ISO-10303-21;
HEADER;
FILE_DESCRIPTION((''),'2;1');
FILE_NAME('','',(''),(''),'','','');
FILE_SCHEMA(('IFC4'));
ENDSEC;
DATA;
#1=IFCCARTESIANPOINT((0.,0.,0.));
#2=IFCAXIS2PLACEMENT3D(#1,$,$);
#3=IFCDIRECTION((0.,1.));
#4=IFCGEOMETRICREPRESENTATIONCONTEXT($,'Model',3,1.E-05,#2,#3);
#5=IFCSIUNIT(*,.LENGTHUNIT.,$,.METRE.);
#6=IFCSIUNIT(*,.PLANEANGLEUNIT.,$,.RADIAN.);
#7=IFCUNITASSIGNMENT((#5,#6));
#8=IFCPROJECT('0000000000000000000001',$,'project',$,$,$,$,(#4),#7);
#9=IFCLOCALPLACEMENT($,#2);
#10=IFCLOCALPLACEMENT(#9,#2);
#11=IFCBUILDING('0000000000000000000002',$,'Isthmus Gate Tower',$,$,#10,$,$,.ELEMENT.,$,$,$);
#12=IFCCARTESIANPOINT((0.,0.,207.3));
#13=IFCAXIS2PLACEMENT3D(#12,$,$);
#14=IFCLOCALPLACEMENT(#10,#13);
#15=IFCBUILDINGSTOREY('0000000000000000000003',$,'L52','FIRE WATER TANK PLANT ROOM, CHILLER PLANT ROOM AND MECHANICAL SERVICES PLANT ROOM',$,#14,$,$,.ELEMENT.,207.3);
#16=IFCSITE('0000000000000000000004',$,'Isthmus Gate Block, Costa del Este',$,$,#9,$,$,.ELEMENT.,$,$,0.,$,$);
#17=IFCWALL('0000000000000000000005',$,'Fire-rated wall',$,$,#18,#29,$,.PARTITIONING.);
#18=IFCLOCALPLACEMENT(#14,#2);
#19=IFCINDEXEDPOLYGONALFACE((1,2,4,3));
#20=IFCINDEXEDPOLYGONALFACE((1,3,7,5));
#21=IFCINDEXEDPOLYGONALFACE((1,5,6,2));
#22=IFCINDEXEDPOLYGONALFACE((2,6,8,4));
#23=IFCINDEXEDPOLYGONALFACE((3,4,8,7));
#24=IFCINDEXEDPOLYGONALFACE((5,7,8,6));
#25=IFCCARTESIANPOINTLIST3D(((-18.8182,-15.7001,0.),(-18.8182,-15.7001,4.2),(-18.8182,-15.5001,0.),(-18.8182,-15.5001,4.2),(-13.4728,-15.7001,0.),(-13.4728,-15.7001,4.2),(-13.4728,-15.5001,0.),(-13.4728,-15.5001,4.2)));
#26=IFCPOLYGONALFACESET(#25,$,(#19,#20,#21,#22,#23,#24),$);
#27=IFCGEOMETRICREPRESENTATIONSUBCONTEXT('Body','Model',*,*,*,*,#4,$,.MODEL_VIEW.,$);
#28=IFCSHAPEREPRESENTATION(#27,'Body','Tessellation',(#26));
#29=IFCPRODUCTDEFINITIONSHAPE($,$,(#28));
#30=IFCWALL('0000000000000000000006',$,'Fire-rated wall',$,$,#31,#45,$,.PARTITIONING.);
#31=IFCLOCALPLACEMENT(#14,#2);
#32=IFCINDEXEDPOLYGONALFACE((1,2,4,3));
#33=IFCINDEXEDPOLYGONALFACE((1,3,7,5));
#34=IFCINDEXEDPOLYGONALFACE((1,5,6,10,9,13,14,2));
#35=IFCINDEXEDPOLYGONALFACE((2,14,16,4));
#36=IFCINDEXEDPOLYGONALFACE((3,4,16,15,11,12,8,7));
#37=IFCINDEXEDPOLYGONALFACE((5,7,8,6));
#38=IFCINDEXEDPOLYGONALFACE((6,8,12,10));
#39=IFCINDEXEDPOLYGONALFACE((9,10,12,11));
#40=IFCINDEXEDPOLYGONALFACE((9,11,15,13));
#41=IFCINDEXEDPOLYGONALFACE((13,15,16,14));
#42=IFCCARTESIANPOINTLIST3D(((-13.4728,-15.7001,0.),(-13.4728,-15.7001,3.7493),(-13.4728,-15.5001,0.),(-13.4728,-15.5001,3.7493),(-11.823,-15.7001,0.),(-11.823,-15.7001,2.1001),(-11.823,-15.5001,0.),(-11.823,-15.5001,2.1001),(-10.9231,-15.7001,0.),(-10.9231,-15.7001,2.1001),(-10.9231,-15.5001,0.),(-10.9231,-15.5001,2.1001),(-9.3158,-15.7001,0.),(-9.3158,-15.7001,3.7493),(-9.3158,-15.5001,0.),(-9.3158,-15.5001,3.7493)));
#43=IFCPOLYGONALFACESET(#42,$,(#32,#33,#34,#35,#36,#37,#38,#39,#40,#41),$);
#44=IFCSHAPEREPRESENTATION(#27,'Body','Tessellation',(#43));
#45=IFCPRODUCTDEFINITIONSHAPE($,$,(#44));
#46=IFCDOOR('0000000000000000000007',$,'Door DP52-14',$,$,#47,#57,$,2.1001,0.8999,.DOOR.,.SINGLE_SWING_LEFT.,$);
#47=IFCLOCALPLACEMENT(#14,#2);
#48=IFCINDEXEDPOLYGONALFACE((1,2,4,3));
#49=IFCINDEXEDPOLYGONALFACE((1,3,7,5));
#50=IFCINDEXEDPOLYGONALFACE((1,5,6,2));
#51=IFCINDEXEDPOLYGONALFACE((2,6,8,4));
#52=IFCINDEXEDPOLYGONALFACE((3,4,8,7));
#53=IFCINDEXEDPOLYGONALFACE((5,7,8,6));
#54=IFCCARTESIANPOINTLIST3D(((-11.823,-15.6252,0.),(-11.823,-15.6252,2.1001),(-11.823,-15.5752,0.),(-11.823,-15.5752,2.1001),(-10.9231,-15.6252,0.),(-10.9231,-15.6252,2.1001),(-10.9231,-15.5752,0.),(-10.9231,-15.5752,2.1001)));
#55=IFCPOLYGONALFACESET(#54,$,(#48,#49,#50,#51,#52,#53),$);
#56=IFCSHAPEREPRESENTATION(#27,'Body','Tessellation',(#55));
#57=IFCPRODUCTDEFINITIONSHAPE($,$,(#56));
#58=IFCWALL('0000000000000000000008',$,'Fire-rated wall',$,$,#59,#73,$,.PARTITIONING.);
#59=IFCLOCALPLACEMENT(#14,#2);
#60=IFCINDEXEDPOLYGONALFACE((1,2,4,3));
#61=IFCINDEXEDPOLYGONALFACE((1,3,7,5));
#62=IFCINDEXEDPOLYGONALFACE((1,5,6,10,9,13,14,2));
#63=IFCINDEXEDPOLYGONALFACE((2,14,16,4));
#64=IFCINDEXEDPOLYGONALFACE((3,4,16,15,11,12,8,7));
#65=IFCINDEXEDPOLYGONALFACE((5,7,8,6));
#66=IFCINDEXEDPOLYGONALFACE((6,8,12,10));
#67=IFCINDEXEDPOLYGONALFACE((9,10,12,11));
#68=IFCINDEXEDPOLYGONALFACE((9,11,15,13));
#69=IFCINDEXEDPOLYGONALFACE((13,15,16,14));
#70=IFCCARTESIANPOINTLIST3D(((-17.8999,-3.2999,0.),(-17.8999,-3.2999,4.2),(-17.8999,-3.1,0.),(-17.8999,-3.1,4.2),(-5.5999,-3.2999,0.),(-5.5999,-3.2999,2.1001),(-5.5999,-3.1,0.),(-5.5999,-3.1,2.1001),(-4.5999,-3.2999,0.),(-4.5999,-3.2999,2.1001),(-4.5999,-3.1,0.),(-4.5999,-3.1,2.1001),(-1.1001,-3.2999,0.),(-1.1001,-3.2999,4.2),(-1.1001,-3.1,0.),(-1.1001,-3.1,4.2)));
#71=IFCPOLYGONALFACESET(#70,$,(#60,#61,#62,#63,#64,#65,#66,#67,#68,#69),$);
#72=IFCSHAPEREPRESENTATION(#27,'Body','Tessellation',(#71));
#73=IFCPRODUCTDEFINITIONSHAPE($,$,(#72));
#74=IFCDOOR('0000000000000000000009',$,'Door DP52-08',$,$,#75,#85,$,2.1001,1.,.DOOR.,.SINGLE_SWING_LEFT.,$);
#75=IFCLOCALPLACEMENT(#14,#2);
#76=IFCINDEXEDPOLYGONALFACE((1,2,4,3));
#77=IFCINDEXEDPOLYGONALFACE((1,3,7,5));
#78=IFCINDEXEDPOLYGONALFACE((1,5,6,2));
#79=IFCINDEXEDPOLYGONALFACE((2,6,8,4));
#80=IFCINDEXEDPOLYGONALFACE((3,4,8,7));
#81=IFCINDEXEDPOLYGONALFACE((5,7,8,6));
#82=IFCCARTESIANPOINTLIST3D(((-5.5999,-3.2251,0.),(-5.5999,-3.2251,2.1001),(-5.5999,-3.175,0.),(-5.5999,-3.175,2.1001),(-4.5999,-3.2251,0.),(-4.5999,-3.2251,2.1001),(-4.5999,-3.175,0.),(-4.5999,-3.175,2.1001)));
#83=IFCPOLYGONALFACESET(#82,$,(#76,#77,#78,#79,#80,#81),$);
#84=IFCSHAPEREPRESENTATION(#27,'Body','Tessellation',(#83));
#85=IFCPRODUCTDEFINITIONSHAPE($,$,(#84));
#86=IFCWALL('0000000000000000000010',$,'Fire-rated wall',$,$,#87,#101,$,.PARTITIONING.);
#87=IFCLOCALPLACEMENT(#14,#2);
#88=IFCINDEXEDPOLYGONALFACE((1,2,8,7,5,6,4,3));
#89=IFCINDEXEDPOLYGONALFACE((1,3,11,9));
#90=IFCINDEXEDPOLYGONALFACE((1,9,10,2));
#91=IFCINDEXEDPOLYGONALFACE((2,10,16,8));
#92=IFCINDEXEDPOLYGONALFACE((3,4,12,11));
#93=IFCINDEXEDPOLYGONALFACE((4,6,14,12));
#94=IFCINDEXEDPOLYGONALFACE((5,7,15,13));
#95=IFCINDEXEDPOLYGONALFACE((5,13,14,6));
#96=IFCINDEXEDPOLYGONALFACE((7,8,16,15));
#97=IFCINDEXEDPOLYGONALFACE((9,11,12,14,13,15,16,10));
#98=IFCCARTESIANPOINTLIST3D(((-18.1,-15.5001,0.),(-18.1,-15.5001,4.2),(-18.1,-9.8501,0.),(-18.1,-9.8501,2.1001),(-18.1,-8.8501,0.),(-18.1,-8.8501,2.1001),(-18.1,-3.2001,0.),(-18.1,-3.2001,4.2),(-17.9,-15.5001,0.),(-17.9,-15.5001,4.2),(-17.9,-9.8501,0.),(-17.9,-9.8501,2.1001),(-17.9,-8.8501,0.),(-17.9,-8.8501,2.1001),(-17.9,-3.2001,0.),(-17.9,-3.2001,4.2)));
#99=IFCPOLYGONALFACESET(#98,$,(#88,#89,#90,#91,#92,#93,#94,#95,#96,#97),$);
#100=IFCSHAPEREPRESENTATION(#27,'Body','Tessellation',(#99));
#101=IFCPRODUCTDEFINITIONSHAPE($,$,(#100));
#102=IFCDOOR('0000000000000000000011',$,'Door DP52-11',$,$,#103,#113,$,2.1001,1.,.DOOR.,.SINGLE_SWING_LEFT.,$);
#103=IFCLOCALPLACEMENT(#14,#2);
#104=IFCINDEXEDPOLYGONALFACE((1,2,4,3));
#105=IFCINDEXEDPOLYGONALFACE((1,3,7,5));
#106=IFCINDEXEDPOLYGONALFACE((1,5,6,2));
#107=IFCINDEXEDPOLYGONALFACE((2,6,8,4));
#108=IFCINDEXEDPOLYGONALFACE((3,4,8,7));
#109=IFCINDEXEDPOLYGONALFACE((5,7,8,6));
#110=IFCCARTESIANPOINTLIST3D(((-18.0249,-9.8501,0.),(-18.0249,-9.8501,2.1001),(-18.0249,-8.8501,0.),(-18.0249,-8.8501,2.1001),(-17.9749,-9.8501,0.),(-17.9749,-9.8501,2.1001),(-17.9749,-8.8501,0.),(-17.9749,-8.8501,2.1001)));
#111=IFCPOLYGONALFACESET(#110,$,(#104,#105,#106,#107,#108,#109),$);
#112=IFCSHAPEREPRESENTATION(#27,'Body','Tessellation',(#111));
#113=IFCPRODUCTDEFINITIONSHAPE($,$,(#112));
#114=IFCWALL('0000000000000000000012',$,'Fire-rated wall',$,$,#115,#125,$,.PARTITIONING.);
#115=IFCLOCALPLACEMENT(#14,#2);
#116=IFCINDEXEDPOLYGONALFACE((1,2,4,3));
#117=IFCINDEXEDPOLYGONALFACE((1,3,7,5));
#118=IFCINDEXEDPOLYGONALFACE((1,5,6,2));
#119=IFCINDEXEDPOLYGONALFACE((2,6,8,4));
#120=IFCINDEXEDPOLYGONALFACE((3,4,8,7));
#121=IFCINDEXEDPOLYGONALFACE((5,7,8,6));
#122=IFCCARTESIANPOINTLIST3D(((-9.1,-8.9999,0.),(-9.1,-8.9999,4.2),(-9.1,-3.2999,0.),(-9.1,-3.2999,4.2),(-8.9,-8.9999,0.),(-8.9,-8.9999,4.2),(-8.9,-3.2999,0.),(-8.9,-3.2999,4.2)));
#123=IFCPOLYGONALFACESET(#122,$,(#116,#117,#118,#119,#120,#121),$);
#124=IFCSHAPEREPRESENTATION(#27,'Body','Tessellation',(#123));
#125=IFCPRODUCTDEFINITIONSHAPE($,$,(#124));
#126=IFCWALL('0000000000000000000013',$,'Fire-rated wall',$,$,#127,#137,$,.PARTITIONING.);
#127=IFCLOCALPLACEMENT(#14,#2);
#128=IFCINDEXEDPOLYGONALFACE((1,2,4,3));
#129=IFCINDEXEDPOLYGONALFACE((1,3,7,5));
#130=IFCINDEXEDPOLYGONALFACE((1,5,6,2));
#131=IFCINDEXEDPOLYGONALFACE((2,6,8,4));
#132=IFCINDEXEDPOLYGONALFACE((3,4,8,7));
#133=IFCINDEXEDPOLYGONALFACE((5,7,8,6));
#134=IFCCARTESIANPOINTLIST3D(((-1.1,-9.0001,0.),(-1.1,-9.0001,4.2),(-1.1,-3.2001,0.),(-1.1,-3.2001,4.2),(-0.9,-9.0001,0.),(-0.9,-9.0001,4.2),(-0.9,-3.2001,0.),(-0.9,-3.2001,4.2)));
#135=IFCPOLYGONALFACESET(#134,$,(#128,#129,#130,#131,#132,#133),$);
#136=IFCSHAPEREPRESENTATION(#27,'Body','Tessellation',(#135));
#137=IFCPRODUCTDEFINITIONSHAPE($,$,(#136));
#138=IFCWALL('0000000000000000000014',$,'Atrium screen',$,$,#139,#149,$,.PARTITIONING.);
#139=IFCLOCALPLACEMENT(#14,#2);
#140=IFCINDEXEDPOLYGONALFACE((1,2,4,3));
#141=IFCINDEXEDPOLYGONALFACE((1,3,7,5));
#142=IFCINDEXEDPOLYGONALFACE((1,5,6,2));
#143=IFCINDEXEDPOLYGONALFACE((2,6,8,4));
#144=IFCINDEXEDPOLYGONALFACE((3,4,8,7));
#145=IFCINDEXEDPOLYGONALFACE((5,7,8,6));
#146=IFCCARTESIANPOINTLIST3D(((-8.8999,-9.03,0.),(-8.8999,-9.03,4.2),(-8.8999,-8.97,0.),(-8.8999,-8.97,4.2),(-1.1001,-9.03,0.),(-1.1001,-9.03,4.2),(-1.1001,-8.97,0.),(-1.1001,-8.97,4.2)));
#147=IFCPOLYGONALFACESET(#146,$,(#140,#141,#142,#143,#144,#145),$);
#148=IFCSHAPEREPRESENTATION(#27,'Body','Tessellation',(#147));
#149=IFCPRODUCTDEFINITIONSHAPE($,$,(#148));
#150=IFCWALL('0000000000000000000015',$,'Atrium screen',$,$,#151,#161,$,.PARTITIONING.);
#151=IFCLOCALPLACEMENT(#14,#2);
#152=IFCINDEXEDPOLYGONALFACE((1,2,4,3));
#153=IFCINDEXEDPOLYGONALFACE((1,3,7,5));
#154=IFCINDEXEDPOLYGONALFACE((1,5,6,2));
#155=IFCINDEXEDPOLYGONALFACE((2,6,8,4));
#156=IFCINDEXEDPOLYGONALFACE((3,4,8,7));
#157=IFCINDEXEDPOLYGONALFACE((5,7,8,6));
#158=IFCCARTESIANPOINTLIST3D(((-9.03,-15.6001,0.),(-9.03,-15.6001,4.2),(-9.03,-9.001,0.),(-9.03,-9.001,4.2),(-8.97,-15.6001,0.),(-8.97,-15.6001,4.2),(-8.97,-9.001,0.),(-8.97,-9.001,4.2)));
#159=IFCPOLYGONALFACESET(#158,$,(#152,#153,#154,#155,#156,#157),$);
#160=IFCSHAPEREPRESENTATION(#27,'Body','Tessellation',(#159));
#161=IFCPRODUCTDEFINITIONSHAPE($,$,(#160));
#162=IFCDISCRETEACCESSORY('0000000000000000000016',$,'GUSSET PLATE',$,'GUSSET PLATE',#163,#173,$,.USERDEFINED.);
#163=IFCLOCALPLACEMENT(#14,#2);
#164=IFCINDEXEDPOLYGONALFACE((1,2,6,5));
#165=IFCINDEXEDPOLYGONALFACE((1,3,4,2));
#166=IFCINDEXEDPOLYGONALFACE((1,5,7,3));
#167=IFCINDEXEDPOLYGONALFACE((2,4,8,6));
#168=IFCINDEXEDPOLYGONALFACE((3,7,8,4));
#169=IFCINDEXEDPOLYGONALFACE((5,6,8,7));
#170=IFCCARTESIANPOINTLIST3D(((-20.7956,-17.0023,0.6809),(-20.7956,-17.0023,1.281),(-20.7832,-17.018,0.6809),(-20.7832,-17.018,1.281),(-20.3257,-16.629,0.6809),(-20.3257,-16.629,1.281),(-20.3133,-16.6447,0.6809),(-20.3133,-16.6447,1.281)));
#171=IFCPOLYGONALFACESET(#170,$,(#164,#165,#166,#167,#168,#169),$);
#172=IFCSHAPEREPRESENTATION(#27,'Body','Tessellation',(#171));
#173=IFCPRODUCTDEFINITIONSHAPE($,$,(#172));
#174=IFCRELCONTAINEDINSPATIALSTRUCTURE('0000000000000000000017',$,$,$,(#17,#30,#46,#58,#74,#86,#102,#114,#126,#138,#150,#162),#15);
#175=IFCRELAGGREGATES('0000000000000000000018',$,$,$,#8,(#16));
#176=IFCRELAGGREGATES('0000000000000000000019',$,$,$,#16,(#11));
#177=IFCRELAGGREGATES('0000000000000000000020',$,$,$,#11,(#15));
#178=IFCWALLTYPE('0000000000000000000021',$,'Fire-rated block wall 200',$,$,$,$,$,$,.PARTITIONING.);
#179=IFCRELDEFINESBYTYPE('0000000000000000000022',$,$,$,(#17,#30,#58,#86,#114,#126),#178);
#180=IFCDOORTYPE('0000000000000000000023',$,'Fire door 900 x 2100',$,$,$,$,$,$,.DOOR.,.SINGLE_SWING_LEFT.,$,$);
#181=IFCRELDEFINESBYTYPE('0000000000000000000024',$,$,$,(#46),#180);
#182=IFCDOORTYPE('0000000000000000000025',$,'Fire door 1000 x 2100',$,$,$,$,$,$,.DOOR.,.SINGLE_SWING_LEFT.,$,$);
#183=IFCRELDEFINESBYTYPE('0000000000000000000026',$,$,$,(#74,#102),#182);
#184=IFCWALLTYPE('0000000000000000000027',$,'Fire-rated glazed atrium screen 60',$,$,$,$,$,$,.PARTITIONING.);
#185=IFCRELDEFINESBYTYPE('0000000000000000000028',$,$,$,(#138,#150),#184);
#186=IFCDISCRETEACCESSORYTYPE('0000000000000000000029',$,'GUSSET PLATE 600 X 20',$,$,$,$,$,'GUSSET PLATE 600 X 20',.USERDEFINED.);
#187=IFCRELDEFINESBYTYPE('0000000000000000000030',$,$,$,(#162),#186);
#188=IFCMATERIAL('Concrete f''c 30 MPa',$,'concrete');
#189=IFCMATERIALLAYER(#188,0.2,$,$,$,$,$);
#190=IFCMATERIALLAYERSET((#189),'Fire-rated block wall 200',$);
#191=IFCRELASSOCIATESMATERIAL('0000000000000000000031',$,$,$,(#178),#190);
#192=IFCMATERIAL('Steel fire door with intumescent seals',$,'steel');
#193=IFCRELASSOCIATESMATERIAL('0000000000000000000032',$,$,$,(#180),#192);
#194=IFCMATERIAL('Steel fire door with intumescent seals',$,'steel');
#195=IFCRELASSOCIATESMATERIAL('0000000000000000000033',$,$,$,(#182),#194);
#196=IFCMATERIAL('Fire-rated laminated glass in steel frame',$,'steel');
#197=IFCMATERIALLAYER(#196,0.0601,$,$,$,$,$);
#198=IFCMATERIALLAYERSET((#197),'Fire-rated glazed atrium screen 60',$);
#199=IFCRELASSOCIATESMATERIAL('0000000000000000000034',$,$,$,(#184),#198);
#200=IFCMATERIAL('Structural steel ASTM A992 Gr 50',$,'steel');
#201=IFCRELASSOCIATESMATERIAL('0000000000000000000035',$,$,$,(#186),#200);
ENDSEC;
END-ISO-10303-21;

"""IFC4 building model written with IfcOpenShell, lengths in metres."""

from ifc_helpers import new_model, si_unit, direction, frame, frame_2d, origin, origin_2d, place, context, subcontext, project, spatial, rectangle, extrude, material, layer, layer_set, type_object, element, fill, save


model = new_model("IFC4")

# Units and contexts
model_context = context("Model", 3, precision=1e-05, world=origin(), true_north=direction((0.0, 1.0)))
body_context = subcontext(model_context, "Body", "Model", "MODEL_VIEW")
ifc_project = project(units=[si_unit("LENGTHUNIT", "METRE"), si_unit("PLANEANGLEUNIT", "RADIAN")], contexts=[model_context])

# Site, building, storey
site_placement = place(None, origin())
site = spatial("IfcSite", under=ifc_project, at=site_placement, Name="Isthmus Gate Block, Costa del Este", CompositionType="ELEMENT", RefElevation=0.0)
building_placement = place(site_placement, origin())
building = spatial("IfcBuilding", under=site, at=building_placement, Name="Isthmus Gate Tower", CompositionType="ELEMENT")
storey_placement = place(building_placement, frame((0.0, 0.0, 207.3)))
storey = spatial("IfcBuildingStorey", under=building, at=storey_placement, Name="L52", Description="FIRE WATER TANK PLANT ROOM, CHILLER PLANT ROOM AND MECHANICAL SERVICES PLANT ROOM", CompositionType="ELEMENT", Elevation=207.3)

# Wall
ifc_material_1 = material(Name="Concrete f'c 30 MPa", Category="concrete")
ifc_layer_1 = layer(ifc_material_1, 0.2)
ifc_layer_set_1 = layer_set([ifc_layer_1], Name="Fire-rated block wall 200")
wall_type_1 = type_object("IfcWallType", Name="Fire-rated block wall 200", PredefinedType="PARTITIONING", material=ifc_layer_set_1)
wall_1_placement = place(storey_placement, frame((-18.8184, -15.6001, 0.0), z_axis=(0.0, 0.0, 1.0), x_axis=(1.0, 0.0, 0.0)))
element("IfcWall", 1, at=wall_1_placement, inside=storey, type_object=wall_type_1, Name="Fire-rated wall", PredefinedType="PARTITIONING", context=body_context, shape_type="SweptSolid", body=[
    extrude(rectangle(XDim=5.3455, YDim=0.2, at=frame_2d((2.6729, 0.0))), origin(), (0.0, 0.0, 1.0), 4.2),
])

# Walls, openings, doors
wall_2_placement = place(storey_placement, frame((-13.4729, -15.6001, 0.0), z_axis=(0.0, 0.0, 1.0), x_axis=(1.0, 0.0, 0.0)))
wall_2 = element("IfcWall", 2, at=wall_2_placement, inside=storey, type_object=wall_type_1, Name="Fire-rated wall", PredefinedType="PARTITIONING", context=body_context, shape_type="SweptSolid", body=[
    extrude(rectangle(XDim=4.157, YDim=0.2, at=frame_2d((2.0786, 0.0))), origin(), (0.0, 0.0, 1.0), 3.7493),
])
opening_1_placement = place(wall_2_placement, frame((1.6499, 0.0, 0.0)))
opening_1 = element("IfcOpeningElement", 3, at=opening_1_placement, cuts=wall_2, PredefinedType="OPENING", context=body_context, shape_type="SweptSolid", body=[
    extrude(rectangle(XDim=0.8999, YDim=2.1001, at=frame_2d((0.45, 1.05))), frame((0.0, 0.1099, 0.0), z_axis=(0.0, -1.0, 0.0), x_axis=(1.0, 0.0, 0.0)), (0.0, 0.0, 1.0), 0.22),
])
ifc_material_2 = material(Name="Steel fire door with intumescent seals", Category="steel")
door_type_1 = type_object("IfcDoorType", Name="Fire door 900 x 2100", OperationType="SINGLE_SWING_LEFT", PredefinedType="DOOR", material=ifc_material_2)
door_1_placement = place(opening_1_placement, origin())
door_1 = element("IfcDoor", 4, at=door_1_placement, inside=storey, type_object=door_type_1, Name="Door DP52-14", OperationType="SINGLE_SWING_LEFT", OverallHeight=2.1001, OverallWidth=0.8999, PredefinedType="DOOR", context=body_context, shape_type="SweptSolid", body=[
    extrude(rectangle(XDim=0.8999, YDim=2.1001, at=frame_2d((0.45, 1.05))), frame((0.0, 0.0249, 0.0), z_axis=(0.0, -1.0, 0.0), x_axis=(1.0, 0.0, 0.0)), (0.0, 0.0, 1.0), 0.05),
])
fill(opening_1, door_1)
wall_3_placement = place(storey_placement, frame((-17.8999, -3.2, 0.0), z_axis=(0.0, 0.0, 1.0), x_axis=(1.0, 0.0, 0.0)))
wall_3 = element("IfcWall", 5, at=wall_3_placement, inside=storey, type_object=wall_type_1, Name="Fire-rated wall", PredefinedType="PARTITIONING", context=body_context, shape_type="SweptSolid", body=[
    extrude(rectangle(XDim=16.7998, YDim=0.2, at=frame_2d((8.3999, 0.0))), origin(), (0.0, 0.0, 1.0), 4.2),
])
opening_2_placement = place(wall_3_placement, frame((12.3, 0.0, 0.0)))
opening_2 = element("IfcOpeningElement", 6, at=opening_2_placement, cuts=wall_3, PredefinedType="OPENING", context=body_context, shape_type="SweptSolid", body=[
    extrude(rectangle(XDim=1.0, YDim=2.1001, at=frame_2d((0.5, 1.05))), frame((0.0, 0.1099, 0.0), z_axis=(0.0, -1.0, 0.0), x_axis=(1.0, 0.0, 0.0)), (0.0, 0.0, 1.0), 0.22),
])
ifc_material_3 = material(Name="Steel fire door with intumescent seals", Category="steel")
door_type_2 = type_object("IfcDoorType", Name="Fire door 1000 x 2100", OperationType="SINGLE_SWING_LEFT", PredefinedType="DOOR", material=ifc_material_3)
door_2_placement = place(opening_2_placement, origin())
door_2 = element("IfcDoor", 7, at=door_2_placement, inside=storey, type_object=door_type_2, Name="Door DP52-08", OperationType="SINGLE_SWING_LEFT", OverallHeight=2.1001, OverallWidth=1.0, PredefinedType="DOOR", context=body_context, shape_type="SweptSolid", body=[
    extrude(rectangle(XDim=1.0, YDim=2.1001, at=frame_2d((0.5, 1.05))), frame((0.0, 0.0249, 0.0), z_axis=(0.0, -1.0, 0.0), x_axis=(1.0, 0.0, 0.0)), (0.0, 0.0, 1.0), 0.05),
])
fill(opening_2, door_2)
wall_4_placement = place(storey_placement, frame((-18.0, -15.5, 0.0), z_axis=(0.0, 0.0, 1.0), x_axis=(0.0, 1.0, 0.0)))
wall_4 = element("IfcWall", 8, at=wall_4_placement, inside=storey, type_object=wall_type_1, Name="Fire-rated wall", PredefinedType="PARTITIONING", context=body_context, shape_type="SweptSolid", body=[
    extrude(rectangle(XDim=12.3, YDim=0.2, at=frame_2d((6.1499, 0.0))), origin(), (0.0, 0.0, 1.0), 4.2),
])
opening_3_placement = place(wall_4_placement, frame((5.6499, 0.0, 0.0)))
opening_3 = element("IfcOpeningElement", 9, at=opening_3_placement, cuts=wall_4, PredefinedType="OPENING", context=body_context, shape_type="SweptSolid", body=[
    extrude(rectangle(XDim=1.0, YDim=2.1001, at=frame_2d((0.5, 1.05))), frame((0.0, 0.1099, 0.0), z_axis=(0.0, -1.0, 0.0), x_axis=(1.0, 0.0, 0.0)), (0.0, 0.0, 1.0), 0.22),
])
door_3_placement = place(opening_3_placement, origin())
door_3 = element("IfcDoor", 10, at=door_3_placement, inside=storey, type_object=door_type_2, Name="Door DP52-11", OperationType="SINGLE_SWING_LEFT", OverallHeight=2.1001, OverallWidth=1.0, PredefinedType="DOOR", context=body_context, shape_type="SweptSolid", body=[
    extrude(rectangle(XDim=1.0, YDim=2.1001, at=frame_2d((0.5, 1.05))), frame((0.0, 0.0249, 0.0), z_axis=(0.0, -1.0, 0.0), x_axis=(1.0, 0.0, 0.0)), (0.0, 0.0, 1.0), 0.05),
])
fill(opening_3, door_3)

# Walls
wall_5_placement = place(storey_placement, frame((-9.0, -9.0, 0.0), z_axis=(0.0, 0.0, 1.0), x_axis=(0.0, 1.0, 0.0)))
element("IfcWall", 11, at=wall_5_placement, inside=storey, type_object=wall_type_1, Name="Fire-rated wall", PredefinedType="PARTITIONING", context=body_context, shape_type="SweptSolid", body=[
    extrude(rectangle(XDim=5.7, YDim=0.2, at=frame_2d((2.8501, 0.0))), origin(), (0.0, 0.0, 1.0), 4.2),
])
wall_6_placement = place(storey_placement, frame((-1.0, -9.0, 0.0), z_axis=(0.0, 0.0, 1.0), x_axis=(0.0, 1.0, 0.0)))
element("IfcWall", 12, at=wall_6_placement, inside=storey, type_object=wall_type_1, Name="Fire-rated wall", PredefinedType="PARTITIONING", context=body_context, shape_type="SweptSolid", body=[
    extrude(rectangle(XDim=5.8, YDim=0.2, at=frame_2d((2.8999, 0.0))), origin(), (0.0, 0.0, 1.0), 4.2),
])
ifc_material_4 = material(Name="Fire-rated laminated glass in steel frame", Category="steel")
ifc_layer_2 = layer(ifc_material_4, 0.0601)
ifc_layer_set_2 = layer_set([ifc_layer_2], Name="Fire-rated glazed atrium screen 60")
wall_type_2 = type_object("IfcWallType", Name="Fire-rated glazed atrium screen 60", PredefinedType="PARTITIONING", material=ifc_layer_set_2)
wall_7_placement = place(storey_placement, frame((-8.8999, -9.0, 0.0), z_axis=(0.0, 0.0, 1.0), x_axis=(1.0, 0.0, 0.0)))
element("IfcWall", 13, at=wall_7_placement, inside=storey, type_object=wall_type_2, Name="Atrium screen", PredefinedType="PARTITIONING", context=body_context, shape_type="SweptSolid", body=[
    extrude(rectangle(XDim=7.7998, YDim=0.0601, at=frame_2d((3.8999, 0.0))), origin(), (0.0, 0.0, 1.0), 4.2),
])
wall_8_placement = place(storey_placement, frame((-9.0, -15.6001, 0.0), z_axis=(0.0, 0.0, 1.0), x_axis=(0.0, 1.0, 0.0)))
element("IfcWall", 14, at=wall_8_placement, inside=storey, type_object=wall_type_2, Name="Atrium screen", PredefinedType="PARTITIONING", context=body_context, shape_type="SweptSolid", body=[
    extrude(rectangle(XDim=6.5991, YDim=0.0601, at=frame_2d((3.2996, 0.0))), origin(), (0.0, 0.0, 1.0), 4.2),
])

# Discrete accessory
ifc_material_5 = material(Name="Structural steel ASTM A992 Gr 50", Category="steel")
discrete_accessory_type = type_object("IfcDiscreteAccessoryType", Name="GUSSET PLATE 600 X 20", ElementType="GUSSET PLATE 600 X 20", PredefinedType="USERDEFINED", material=ifc_material_5)
for number, where, z_axis, x_axis, name in (
    (15, (-20.5544, -16.8235, 0.6809), (0.0, 0.0, 1.0), (0.782985, 0.622041, 0.0), "GUSSET PLATE"),
):
    element("IfcDiscreteAccessory", number, at=place(storey_placement, frame(where, z_axis=z_axis, x_axis=x_axis)), inside=storey, type_object=discrete_accessory_type, Name=name, ObjectType="GUSSET PLATE", PredefinedType="USERDEFINED", context=body_context, shape_type="SweptSolid", body=[
        extrude(rectangle(XDim=0.6001, YDim=0.02, at=origin_2d()), origin(), (0.0, 0.0, 1.0), 0.6001),
    ])

save(model, "model.ifc")
